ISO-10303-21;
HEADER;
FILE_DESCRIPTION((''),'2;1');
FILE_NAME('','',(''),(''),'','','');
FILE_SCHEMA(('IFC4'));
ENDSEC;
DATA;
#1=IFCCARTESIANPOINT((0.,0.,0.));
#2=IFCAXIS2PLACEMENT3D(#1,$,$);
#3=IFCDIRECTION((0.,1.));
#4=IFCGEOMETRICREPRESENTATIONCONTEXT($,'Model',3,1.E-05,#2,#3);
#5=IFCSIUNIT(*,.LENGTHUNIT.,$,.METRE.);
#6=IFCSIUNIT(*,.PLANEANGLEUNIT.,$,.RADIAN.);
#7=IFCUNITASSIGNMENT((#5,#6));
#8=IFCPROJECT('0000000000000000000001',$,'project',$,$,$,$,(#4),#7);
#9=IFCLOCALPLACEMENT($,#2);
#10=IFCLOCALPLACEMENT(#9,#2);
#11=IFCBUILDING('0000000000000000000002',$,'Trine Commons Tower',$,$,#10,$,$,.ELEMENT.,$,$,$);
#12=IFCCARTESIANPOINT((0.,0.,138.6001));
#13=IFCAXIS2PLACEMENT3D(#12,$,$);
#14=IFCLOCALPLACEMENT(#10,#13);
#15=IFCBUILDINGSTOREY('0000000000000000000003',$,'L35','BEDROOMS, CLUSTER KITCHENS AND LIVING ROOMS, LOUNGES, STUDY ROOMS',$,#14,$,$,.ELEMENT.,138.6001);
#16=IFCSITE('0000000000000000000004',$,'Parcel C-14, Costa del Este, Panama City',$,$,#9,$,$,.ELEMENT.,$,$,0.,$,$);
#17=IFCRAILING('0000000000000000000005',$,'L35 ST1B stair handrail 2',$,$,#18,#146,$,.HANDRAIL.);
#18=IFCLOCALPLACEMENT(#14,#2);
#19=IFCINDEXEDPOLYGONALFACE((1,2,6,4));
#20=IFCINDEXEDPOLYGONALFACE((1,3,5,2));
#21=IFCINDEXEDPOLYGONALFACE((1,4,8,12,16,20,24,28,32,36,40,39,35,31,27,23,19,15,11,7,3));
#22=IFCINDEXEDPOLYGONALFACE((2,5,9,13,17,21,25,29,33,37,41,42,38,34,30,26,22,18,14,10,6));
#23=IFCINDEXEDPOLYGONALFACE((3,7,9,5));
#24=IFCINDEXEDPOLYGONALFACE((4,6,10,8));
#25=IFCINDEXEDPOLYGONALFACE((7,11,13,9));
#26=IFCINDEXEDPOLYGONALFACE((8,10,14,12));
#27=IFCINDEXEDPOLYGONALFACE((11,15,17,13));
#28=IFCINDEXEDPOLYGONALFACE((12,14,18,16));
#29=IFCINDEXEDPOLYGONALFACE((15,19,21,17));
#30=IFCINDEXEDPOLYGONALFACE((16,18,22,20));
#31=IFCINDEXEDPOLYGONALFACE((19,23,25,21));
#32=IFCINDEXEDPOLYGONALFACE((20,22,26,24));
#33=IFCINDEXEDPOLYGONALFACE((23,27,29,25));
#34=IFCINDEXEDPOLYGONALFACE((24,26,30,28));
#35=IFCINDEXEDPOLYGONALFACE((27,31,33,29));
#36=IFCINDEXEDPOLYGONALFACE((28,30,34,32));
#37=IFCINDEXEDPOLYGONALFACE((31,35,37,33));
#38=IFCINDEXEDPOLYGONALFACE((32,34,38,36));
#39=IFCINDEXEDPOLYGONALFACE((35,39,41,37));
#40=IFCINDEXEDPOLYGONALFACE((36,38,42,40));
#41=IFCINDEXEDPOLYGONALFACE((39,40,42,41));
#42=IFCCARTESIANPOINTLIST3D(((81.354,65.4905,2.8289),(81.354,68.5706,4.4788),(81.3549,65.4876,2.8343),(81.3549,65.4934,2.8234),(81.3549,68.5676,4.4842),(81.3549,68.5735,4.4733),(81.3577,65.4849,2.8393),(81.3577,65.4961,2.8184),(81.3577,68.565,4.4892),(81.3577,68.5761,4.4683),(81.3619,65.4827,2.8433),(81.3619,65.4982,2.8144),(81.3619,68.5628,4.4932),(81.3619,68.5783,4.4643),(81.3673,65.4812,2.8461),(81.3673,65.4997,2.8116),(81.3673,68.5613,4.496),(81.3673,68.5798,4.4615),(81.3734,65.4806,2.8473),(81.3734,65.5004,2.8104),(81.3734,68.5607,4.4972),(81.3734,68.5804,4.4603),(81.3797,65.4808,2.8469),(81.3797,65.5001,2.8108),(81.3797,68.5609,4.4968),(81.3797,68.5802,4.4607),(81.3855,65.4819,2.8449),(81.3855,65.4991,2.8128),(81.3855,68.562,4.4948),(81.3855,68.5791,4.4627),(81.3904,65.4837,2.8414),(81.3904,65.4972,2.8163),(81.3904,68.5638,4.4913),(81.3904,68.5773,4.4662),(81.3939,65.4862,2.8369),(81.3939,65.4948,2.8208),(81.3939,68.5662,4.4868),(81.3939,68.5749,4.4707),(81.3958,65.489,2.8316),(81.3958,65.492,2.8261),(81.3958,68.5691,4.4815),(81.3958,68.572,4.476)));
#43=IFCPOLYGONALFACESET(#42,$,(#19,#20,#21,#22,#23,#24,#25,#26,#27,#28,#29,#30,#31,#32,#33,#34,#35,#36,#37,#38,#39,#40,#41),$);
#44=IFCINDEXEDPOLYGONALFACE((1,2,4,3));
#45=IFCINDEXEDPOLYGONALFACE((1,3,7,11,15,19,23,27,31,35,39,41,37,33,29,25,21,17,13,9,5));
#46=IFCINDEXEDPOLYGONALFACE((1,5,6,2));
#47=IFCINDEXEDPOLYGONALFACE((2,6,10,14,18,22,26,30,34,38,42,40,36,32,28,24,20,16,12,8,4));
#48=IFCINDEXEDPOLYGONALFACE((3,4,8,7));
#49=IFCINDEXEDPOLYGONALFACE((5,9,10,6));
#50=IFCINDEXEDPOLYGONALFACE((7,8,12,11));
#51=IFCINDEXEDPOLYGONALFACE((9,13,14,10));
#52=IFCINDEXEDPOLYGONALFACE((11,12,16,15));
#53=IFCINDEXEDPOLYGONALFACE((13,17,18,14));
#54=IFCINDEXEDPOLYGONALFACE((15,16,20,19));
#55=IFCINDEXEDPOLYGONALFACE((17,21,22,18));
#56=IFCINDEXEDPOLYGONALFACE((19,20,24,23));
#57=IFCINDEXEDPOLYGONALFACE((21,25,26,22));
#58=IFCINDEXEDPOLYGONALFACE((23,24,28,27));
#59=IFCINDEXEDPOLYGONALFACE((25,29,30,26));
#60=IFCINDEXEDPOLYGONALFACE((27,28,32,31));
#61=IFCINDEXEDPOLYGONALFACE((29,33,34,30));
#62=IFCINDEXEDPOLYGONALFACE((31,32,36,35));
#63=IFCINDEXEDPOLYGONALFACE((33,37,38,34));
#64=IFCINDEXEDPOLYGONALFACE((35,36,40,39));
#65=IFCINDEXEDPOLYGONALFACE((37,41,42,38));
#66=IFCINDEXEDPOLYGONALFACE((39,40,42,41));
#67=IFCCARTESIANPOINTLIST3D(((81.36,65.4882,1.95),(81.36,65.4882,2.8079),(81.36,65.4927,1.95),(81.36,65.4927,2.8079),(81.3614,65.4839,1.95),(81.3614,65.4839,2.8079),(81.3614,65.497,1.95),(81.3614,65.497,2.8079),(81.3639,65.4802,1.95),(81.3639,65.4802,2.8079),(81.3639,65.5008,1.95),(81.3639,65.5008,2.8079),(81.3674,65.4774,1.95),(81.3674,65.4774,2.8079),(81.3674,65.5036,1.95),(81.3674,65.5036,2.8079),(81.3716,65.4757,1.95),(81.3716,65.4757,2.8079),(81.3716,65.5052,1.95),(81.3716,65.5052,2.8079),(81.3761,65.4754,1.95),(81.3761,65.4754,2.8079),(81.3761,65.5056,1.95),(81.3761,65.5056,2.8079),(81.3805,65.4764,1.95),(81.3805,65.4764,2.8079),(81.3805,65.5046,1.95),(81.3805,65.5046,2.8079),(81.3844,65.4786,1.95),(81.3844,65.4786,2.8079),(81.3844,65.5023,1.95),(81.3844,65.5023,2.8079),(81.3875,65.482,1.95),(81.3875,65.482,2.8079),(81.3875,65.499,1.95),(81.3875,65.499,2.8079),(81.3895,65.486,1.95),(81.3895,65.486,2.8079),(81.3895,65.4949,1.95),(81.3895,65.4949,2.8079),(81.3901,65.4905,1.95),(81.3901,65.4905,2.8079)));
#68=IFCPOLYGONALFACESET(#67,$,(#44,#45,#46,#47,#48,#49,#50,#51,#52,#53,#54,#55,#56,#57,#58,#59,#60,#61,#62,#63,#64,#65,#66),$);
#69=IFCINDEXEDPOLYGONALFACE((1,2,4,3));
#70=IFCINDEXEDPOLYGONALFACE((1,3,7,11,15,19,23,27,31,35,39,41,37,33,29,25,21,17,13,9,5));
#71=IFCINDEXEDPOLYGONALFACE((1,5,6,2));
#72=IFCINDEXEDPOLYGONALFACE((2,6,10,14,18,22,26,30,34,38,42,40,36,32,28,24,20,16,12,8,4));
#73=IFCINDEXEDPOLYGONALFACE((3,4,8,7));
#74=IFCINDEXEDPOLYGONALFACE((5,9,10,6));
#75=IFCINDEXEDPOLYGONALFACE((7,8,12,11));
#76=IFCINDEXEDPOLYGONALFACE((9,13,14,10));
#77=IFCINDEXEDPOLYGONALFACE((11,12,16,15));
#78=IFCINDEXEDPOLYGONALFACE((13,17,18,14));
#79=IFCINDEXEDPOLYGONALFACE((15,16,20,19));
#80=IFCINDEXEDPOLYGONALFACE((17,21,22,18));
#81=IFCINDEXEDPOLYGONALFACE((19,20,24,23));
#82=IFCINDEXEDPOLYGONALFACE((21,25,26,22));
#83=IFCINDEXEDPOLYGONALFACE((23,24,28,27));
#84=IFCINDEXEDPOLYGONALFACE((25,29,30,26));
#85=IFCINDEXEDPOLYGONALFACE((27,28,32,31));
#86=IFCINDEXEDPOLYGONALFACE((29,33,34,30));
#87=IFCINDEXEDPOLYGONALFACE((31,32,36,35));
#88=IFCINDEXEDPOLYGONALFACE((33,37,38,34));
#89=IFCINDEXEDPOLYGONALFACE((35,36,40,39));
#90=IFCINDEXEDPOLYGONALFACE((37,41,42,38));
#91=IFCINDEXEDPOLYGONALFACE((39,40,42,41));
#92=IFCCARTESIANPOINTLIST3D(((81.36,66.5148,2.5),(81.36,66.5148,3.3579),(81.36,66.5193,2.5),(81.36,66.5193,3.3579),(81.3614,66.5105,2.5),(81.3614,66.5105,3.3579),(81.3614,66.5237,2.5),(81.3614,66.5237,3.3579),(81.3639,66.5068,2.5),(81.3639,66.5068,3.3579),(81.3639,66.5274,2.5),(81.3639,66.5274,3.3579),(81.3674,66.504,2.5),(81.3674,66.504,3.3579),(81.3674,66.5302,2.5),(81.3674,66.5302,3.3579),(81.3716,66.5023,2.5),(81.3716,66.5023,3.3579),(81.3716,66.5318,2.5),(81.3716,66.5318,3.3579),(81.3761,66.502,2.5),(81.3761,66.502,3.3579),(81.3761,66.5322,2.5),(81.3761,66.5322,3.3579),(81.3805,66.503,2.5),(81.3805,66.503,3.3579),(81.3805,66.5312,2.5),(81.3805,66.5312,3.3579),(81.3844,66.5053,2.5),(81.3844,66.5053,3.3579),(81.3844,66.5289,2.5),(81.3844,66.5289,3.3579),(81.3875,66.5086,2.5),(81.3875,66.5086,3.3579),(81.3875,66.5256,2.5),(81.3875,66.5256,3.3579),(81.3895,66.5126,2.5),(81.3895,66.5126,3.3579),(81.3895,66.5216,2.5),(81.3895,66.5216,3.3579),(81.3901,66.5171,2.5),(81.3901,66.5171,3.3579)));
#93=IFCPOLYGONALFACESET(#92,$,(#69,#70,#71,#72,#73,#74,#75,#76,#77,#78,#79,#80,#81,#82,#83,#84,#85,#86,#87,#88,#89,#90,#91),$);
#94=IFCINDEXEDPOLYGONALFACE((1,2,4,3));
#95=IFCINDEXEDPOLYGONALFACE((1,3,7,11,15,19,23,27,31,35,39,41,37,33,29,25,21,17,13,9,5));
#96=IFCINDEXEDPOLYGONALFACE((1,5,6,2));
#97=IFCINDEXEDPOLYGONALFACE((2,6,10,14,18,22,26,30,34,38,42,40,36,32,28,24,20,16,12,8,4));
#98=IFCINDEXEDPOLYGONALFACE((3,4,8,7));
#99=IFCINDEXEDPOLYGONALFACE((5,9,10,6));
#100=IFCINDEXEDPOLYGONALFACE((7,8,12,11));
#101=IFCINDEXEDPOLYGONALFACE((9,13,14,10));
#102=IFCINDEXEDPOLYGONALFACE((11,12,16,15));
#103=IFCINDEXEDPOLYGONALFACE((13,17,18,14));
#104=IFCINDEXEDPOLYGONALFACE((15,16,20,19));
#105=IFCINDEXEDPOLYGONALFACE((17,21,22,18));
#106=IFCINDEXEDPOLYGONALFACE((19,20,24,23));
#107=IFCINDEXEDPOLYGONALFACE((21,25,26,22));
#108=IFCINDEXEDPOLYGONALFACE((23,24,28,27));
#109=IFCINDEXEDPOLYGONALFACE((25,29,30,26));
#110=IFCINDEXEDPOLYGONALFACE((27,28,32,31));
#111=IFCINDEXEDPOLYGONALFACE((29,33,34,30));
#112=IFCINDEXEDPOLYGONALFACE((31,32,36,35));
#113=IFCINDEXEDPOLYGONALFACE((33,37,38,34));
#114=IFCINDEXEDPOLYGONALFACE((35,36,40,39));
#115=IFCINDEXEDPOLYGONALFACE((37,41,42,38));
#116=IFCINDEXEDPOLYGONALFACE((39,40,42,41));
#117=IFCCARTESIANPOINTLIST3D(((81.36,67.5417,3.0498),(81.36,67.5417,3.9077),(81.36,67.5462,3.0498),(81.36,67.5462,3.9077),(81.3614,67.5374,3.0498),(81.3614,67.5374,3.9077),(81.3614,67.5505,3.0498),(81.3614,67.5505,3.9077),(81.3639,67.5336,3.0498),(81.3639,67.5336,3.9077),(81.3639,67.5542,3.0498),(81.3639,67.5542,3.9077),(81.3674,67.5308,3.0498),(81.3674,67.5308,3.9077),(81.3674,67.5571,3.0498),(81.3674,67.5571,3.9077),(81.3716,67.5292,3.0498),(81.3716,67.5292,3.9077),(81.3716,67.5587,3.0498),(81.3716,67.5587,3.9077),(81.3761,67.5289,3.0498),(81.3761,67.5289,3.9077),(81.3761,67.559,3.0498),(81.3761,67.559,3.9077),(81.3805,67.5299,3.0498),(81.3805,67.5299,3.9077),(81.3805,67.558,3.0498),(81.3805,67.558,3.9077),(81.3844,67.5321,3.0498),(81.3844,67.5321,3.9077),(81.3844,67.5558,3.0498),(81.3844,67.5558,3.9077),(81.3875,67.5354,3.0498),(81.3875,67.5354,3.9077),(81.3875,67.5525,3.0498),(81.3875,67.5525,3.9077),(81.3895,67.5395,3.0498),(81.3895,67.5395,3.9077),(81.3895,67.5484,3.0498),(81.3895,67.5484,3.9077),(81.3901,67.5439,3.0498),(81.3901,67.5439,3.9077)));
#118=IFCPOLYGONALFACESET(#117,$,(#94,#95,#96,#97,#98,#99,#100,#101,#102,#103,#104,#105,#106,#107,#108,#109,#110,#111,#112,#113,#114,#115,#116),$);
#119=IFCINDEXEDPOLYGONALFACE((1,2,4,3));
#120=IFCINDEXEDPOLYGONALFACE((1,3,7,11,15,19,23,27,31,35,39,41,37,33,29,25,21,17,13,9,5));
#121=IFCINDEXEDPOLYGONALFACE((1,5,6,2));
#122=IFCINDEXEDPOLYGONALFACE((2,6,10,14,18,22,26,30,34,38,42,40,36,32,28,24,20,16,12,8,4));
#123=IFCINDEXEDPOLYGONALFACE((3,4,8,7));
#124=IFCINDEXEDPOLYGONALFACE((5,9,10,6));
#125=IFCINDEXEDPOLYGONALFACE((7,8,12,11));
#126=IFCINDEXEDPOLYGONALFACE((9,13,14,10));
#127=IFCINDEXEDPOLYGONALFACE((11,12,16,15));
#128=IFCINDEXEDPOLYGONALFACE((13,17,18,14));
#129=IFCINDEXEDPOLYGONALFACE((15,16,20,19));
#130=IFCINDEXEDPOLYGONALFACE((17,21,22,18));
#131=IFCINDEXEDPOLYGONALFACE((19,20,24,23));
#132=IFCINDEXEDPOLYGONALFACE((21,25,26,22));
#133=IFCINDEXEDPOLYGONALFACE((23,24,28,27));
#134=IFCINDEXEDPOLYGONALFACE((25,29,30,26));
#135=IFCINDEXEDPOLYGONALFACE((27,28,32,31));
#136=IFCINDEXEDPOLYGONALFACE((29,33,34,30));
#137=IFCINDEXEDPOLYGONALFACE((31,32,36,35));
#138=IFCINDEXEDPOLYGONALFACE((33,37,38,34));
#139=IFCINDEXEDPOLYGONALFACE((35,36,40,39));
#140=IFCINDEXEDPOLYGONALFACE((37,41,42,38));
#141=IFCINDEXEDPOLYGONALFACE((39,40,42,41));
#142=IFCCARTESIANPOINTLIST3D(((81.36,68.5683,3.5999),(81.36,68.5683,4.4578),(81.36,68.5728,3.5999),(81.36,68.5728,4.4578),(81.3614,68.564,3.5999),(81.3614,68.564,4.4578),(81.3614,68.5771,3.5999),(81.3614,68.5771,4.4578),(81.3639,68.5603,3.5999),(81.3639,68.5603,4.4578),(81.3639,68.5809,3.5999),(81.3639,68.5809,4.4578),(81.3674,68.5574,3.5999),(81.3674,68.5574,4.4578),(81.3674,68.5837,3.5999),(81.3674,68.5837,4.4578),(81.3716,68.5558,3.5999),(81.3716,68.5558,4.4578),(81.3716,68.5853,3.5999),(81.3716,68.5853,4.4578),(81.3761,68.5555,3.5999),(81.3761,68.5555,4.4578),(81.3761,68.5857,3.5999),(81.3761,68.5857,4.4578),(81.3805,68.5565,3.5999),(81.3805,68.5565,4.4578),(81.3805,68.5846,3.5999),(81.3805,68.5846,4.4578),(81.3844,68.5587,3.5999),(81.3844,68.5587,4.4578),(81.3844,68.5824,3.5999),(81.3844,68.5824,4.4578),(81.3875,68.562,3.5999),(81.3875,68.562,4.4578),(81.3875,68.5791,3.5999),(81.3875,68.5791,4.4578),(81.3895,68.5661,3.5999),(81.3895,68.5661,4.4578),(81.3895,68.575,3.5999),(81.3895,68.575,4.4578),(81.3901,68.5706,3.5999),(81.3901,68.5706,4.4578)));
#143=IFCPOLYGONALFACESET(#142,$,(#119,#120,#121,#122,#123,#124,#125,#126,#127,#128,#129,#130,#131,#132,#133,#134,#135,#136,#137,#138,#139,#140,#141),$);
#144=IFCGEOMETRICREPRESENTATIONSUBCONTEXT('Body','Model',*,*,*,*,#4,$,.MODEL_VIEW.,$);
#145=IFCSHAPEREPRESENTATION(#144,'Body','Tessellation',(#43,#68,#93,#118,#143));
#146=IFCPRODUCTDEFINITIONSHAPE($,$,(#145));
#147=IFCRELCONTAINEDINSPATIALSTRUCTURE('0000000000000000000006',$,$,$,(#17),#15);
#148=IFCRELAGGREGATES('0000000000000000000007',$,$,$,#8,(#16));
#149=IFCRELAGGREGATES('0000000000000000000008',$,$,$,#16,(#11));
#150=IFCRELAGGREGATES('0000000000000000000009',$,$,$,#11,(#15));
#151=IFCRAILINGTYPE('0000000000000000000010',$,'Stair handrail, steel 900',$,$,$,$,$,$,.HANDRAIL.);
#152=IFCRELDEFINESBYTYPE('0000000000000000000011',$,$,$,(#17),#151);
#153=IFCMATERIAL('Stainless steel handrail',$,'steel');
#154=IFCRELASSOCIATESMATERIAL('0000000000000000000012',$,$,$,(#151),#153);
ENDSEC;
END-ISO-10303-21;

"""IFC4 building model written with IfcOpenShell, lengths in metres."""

from ifc_helpers import new_model, si_unit, direction, frame, origin, origin_2d, place, context, subcontext, project, spatial, circle, extrude, material, type_object, element, save


model = new_model("IFC4")

# Units and contexts
model_context = context("Model", 3, precision=1e-05, world=origin(), true_north=direction((0.0, 1.0)))
body_context = subcontext(model_context, "Body", "Model", "MODEL_VIEW")
ifc_project = project(units=[si_unit("LENGTHUNIT", "METRE"), si_unit("PLANEANGLEUNIT", "RADIAN")], contexts=[model_context])

# Site, building, storey
site_placement = place(None, origin())
site = spatial("IfcSite", under=ifc_project, at=site_placement, Name="Parcel C-14, Costa del Este, Panama City", CompositionType="ELEMENT", RefElevation=0.0)
building_placement = place(site_placement, origin())
building = spatial("IfcBuilding", under=site, at=building_placement, Name="Trine Commons Tower", CompositionType="ELEMENT")
storey_placement = place(building_placement, frame((0.0, 0.0, 138.6001)))
storey = spatial("IfcBuildingStorey", under=building, at=storey_placement, Name="L35", Description="BEDROOMS, CLUSTER KITCHENS AND LIVING ROOMS, LOUNGES, STUDY ROOMS", CompositionType="ELEMENT", Elevation=138.6001)

# Railing
ifc_material_1 = material(Name="Stainless steel handrail", Category="steel")
railing_type_1 = type_object("IfcRailingType", Name="Stair handrail, steel 900", PredefinedType="HANDRAIL", material=ifc_material_1)
railing_1_placement = place(storey_placement, frame((81.375, 65.4905, 1.95)))
element("IfcRailing", 1, at=railing_1_placement, inside=storey, type_object=railing_type_1, Name="L35 ST1B stair handrail 2", PredefinedType="HANDRAIL", context=body_context, shape_type="SweptSolid", body=[
    extrude(circle(Radius=0.021, at=origin_2d()), frame((0.0, 0.0, 0.8789), z_axis=(0.0, 0.881497, 0.47219), x_axis=(-1.0, 0.0, 0.0)), (0.0, 0.0, 1.0), 3.4941),
    extrude(circle(Radius=0.0151, at=origin_2d()), origin(), (0.0, 0.0, 1.0), 0.8579),
    extrude(circle(Radius=0.0151, at=origin_2d()), frame((0.0, 1.0266, 0.55)), (0.0, 0.0, 1.0), 0.8579),
    extrude(circle(Radius=0.0151, at=origin_2d()), frame((0.0, 2.0535, 1.0999)), (0.0, 0.0, 1.0), 0.8579),
    extrude(circle(Radius=0.0151, at=origin_2d()), frame((0.0, 3.0801, 1.6499)), (0.0, 0.0, 1.0), 0.8579),
])

save(model, "model.ifc")
